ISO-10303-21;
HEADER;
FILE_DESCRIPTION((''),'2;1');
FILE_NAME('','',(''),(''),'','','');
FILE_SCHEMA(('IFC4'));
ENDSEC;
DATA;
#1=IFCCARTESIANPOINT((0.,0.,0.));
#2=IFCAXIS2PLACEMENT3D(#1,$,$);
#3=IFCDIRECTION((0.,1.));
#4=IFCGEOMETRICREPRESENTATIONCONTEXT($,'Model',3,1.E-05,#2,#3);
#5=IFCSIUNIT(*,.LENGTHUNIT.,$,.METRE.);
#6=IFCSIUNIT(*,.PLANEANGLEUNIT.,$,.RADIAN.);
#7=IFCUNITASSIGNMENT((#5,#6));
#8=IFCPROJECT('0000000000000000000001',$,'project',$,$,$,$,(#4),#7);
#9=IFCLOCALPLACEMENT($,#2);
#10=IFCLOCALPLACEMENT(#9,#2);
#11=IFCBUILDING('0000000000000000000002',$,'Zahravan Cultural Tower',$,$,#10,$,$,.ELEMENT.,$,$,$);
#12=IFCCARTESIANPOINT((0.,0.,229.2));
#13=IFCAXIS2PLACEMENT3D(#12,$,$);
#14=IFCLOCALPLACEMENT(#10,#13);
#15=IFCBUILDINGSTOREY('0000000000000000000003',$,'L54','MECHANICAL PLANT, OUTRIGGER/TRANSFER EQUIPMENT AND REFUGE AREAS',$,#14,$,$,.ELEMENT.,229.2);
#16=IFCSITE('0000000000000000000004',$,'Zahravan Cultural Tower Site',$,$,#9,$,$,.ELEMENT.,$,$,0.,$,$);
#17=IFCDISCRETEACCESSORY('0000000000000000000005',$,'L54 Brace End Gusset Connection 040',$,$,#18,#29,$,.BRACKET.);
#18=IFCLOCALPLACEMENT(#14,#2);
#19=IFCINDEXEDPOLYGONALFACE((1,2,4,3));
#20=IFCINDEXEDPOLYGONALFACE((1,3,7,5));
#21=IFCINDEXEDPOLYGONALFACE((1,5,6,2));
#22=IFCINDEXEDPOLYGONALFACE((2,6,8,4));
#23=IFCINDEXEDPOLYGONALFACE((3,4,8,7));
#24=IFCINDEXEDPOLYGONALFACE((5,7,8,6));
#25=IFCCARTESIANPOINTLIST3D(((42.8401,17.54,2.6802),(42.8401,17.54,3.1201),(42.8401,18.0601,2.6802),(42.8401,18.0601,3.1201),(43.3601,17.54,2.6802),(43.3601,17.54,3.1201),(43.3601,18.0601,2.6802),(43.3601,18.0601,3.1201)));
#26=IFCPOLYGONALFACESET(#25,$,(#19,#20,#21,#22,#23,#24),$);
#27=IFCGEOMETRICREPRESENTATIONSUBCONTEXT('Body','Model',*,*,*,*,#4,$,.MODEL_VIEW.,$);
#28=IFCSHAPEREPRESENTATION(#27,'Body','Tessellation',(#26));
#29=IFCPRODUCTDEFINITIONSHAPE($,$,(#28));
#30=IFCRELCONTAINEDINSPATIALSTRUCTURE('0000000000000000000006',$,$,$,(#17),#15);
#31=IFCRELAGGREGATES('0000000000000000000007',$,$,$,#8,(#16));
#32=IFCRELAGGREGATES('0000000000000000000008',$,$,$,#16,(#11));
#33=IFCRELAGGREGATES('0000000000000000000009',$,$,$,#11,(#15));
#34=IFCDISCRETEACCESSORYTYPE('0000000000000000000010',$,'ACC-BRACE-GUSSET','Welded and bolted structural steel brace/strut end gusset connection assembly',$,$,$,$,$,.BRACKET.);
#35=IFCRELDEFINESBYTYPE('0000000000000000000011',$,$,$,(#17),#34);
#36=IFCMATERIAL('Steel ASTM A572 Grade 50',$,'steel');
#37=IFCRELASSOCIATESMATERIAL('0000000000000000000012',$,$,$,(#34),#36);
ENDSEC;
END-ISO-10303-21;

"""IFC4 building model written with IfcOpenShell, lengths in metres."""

from ifc_helpers import new_model, si_unit, direction, frame, origin, origin_2d, place, context, subcontext, project, spatial, rectangle, extrude, source, transform, mapped, material, type_object, element, save


model = new_model("IFC4")

# Units and contexts
model_context = context("Model", 3, precision=1e-05, world=origin(), true_north=direction((0.0, 1.0)))
body_context = subcontext(model_context, "Body", "Model", "MODEL_VIEW")
ifc_project = project(units=[si_unit("LENGTHUNIT", "METRE"), si_unit("PLANEANGLEUNIT", "RADIAN")], contexts=[model_context])

# Site, building, storey
site_placement = place(None, origin())
site = spatial("IfcSite", under=ifc_project, at=site_placement, Name="Zahravan Cultural Tower Site", CompositionType="ELEMENT", RefElevation=0.0)
building_placement = place(site_placement, origin())
building = spatial("IfcBuilding", under=site, at=building_placement, Name="Zahravan Cultural Tower", CompositionType="ELEMENT")
storey_placement = place(building_placement, frame((0.0, 0.0, 229.2)))
storey = spatial("IfcBuildingStorey", under=building, at=storey_placement, Name="L54", Description="MECHANICAL PLANT, OUTRIGGER/TRANSFER EQUIPMENT AND REFUGE AREAS", CompositionType="ELEMENT", Elevation=229.2)

# Shared definitions
ifc_material_1 = material(Name="Steel ASTM A572 Grade 50", Category="steel")

# Discrete accessory
discrete_accessory_type = type_object("IfcDiscreteAccessoryType", Name="ACC-BRACE-GUSSET", Description="Welded and bolted structural steel brace/strut end gusset connection assembly", PredefinedType="BRACKET", material=ifc_material_1)
shared_shape_1 = source(origin(), body_context, "Body", "SweptSolid", [
    extrude(rectangle(XDim=0.52, YDim=0.52, at=origin_2d()), origin(), (0.0, 0.0, 1.0), 0.4399),
])
discrete_accessory_placement = place(storey_placement, frame((43.1001, 17.8, 2.6802), z_axis=(0.0, 0.0, 1.0), x_axis=(1.0, 0.0, 0.0)))
element("IfcDiscreteAccessory", 1, at=discrete_accessory_placement, inside=storey, type_object=discrete_accessory_type, Name="L54 Brace End Gusset Connection 040", PredefinedType="BRACKET", context=body_context, shape_type="MappedRepresentation", body=[
    mapped(shared_shape_1, transform((0.0, 0.0, 0.0), x_axis=(1.0, 0.0, 0.0), y_axis=(0.0, 1.0, 0.0), z_axis=(0.0, 0.0, 1.0), scale=1.0)),
])

save(model, "model.ifc")
